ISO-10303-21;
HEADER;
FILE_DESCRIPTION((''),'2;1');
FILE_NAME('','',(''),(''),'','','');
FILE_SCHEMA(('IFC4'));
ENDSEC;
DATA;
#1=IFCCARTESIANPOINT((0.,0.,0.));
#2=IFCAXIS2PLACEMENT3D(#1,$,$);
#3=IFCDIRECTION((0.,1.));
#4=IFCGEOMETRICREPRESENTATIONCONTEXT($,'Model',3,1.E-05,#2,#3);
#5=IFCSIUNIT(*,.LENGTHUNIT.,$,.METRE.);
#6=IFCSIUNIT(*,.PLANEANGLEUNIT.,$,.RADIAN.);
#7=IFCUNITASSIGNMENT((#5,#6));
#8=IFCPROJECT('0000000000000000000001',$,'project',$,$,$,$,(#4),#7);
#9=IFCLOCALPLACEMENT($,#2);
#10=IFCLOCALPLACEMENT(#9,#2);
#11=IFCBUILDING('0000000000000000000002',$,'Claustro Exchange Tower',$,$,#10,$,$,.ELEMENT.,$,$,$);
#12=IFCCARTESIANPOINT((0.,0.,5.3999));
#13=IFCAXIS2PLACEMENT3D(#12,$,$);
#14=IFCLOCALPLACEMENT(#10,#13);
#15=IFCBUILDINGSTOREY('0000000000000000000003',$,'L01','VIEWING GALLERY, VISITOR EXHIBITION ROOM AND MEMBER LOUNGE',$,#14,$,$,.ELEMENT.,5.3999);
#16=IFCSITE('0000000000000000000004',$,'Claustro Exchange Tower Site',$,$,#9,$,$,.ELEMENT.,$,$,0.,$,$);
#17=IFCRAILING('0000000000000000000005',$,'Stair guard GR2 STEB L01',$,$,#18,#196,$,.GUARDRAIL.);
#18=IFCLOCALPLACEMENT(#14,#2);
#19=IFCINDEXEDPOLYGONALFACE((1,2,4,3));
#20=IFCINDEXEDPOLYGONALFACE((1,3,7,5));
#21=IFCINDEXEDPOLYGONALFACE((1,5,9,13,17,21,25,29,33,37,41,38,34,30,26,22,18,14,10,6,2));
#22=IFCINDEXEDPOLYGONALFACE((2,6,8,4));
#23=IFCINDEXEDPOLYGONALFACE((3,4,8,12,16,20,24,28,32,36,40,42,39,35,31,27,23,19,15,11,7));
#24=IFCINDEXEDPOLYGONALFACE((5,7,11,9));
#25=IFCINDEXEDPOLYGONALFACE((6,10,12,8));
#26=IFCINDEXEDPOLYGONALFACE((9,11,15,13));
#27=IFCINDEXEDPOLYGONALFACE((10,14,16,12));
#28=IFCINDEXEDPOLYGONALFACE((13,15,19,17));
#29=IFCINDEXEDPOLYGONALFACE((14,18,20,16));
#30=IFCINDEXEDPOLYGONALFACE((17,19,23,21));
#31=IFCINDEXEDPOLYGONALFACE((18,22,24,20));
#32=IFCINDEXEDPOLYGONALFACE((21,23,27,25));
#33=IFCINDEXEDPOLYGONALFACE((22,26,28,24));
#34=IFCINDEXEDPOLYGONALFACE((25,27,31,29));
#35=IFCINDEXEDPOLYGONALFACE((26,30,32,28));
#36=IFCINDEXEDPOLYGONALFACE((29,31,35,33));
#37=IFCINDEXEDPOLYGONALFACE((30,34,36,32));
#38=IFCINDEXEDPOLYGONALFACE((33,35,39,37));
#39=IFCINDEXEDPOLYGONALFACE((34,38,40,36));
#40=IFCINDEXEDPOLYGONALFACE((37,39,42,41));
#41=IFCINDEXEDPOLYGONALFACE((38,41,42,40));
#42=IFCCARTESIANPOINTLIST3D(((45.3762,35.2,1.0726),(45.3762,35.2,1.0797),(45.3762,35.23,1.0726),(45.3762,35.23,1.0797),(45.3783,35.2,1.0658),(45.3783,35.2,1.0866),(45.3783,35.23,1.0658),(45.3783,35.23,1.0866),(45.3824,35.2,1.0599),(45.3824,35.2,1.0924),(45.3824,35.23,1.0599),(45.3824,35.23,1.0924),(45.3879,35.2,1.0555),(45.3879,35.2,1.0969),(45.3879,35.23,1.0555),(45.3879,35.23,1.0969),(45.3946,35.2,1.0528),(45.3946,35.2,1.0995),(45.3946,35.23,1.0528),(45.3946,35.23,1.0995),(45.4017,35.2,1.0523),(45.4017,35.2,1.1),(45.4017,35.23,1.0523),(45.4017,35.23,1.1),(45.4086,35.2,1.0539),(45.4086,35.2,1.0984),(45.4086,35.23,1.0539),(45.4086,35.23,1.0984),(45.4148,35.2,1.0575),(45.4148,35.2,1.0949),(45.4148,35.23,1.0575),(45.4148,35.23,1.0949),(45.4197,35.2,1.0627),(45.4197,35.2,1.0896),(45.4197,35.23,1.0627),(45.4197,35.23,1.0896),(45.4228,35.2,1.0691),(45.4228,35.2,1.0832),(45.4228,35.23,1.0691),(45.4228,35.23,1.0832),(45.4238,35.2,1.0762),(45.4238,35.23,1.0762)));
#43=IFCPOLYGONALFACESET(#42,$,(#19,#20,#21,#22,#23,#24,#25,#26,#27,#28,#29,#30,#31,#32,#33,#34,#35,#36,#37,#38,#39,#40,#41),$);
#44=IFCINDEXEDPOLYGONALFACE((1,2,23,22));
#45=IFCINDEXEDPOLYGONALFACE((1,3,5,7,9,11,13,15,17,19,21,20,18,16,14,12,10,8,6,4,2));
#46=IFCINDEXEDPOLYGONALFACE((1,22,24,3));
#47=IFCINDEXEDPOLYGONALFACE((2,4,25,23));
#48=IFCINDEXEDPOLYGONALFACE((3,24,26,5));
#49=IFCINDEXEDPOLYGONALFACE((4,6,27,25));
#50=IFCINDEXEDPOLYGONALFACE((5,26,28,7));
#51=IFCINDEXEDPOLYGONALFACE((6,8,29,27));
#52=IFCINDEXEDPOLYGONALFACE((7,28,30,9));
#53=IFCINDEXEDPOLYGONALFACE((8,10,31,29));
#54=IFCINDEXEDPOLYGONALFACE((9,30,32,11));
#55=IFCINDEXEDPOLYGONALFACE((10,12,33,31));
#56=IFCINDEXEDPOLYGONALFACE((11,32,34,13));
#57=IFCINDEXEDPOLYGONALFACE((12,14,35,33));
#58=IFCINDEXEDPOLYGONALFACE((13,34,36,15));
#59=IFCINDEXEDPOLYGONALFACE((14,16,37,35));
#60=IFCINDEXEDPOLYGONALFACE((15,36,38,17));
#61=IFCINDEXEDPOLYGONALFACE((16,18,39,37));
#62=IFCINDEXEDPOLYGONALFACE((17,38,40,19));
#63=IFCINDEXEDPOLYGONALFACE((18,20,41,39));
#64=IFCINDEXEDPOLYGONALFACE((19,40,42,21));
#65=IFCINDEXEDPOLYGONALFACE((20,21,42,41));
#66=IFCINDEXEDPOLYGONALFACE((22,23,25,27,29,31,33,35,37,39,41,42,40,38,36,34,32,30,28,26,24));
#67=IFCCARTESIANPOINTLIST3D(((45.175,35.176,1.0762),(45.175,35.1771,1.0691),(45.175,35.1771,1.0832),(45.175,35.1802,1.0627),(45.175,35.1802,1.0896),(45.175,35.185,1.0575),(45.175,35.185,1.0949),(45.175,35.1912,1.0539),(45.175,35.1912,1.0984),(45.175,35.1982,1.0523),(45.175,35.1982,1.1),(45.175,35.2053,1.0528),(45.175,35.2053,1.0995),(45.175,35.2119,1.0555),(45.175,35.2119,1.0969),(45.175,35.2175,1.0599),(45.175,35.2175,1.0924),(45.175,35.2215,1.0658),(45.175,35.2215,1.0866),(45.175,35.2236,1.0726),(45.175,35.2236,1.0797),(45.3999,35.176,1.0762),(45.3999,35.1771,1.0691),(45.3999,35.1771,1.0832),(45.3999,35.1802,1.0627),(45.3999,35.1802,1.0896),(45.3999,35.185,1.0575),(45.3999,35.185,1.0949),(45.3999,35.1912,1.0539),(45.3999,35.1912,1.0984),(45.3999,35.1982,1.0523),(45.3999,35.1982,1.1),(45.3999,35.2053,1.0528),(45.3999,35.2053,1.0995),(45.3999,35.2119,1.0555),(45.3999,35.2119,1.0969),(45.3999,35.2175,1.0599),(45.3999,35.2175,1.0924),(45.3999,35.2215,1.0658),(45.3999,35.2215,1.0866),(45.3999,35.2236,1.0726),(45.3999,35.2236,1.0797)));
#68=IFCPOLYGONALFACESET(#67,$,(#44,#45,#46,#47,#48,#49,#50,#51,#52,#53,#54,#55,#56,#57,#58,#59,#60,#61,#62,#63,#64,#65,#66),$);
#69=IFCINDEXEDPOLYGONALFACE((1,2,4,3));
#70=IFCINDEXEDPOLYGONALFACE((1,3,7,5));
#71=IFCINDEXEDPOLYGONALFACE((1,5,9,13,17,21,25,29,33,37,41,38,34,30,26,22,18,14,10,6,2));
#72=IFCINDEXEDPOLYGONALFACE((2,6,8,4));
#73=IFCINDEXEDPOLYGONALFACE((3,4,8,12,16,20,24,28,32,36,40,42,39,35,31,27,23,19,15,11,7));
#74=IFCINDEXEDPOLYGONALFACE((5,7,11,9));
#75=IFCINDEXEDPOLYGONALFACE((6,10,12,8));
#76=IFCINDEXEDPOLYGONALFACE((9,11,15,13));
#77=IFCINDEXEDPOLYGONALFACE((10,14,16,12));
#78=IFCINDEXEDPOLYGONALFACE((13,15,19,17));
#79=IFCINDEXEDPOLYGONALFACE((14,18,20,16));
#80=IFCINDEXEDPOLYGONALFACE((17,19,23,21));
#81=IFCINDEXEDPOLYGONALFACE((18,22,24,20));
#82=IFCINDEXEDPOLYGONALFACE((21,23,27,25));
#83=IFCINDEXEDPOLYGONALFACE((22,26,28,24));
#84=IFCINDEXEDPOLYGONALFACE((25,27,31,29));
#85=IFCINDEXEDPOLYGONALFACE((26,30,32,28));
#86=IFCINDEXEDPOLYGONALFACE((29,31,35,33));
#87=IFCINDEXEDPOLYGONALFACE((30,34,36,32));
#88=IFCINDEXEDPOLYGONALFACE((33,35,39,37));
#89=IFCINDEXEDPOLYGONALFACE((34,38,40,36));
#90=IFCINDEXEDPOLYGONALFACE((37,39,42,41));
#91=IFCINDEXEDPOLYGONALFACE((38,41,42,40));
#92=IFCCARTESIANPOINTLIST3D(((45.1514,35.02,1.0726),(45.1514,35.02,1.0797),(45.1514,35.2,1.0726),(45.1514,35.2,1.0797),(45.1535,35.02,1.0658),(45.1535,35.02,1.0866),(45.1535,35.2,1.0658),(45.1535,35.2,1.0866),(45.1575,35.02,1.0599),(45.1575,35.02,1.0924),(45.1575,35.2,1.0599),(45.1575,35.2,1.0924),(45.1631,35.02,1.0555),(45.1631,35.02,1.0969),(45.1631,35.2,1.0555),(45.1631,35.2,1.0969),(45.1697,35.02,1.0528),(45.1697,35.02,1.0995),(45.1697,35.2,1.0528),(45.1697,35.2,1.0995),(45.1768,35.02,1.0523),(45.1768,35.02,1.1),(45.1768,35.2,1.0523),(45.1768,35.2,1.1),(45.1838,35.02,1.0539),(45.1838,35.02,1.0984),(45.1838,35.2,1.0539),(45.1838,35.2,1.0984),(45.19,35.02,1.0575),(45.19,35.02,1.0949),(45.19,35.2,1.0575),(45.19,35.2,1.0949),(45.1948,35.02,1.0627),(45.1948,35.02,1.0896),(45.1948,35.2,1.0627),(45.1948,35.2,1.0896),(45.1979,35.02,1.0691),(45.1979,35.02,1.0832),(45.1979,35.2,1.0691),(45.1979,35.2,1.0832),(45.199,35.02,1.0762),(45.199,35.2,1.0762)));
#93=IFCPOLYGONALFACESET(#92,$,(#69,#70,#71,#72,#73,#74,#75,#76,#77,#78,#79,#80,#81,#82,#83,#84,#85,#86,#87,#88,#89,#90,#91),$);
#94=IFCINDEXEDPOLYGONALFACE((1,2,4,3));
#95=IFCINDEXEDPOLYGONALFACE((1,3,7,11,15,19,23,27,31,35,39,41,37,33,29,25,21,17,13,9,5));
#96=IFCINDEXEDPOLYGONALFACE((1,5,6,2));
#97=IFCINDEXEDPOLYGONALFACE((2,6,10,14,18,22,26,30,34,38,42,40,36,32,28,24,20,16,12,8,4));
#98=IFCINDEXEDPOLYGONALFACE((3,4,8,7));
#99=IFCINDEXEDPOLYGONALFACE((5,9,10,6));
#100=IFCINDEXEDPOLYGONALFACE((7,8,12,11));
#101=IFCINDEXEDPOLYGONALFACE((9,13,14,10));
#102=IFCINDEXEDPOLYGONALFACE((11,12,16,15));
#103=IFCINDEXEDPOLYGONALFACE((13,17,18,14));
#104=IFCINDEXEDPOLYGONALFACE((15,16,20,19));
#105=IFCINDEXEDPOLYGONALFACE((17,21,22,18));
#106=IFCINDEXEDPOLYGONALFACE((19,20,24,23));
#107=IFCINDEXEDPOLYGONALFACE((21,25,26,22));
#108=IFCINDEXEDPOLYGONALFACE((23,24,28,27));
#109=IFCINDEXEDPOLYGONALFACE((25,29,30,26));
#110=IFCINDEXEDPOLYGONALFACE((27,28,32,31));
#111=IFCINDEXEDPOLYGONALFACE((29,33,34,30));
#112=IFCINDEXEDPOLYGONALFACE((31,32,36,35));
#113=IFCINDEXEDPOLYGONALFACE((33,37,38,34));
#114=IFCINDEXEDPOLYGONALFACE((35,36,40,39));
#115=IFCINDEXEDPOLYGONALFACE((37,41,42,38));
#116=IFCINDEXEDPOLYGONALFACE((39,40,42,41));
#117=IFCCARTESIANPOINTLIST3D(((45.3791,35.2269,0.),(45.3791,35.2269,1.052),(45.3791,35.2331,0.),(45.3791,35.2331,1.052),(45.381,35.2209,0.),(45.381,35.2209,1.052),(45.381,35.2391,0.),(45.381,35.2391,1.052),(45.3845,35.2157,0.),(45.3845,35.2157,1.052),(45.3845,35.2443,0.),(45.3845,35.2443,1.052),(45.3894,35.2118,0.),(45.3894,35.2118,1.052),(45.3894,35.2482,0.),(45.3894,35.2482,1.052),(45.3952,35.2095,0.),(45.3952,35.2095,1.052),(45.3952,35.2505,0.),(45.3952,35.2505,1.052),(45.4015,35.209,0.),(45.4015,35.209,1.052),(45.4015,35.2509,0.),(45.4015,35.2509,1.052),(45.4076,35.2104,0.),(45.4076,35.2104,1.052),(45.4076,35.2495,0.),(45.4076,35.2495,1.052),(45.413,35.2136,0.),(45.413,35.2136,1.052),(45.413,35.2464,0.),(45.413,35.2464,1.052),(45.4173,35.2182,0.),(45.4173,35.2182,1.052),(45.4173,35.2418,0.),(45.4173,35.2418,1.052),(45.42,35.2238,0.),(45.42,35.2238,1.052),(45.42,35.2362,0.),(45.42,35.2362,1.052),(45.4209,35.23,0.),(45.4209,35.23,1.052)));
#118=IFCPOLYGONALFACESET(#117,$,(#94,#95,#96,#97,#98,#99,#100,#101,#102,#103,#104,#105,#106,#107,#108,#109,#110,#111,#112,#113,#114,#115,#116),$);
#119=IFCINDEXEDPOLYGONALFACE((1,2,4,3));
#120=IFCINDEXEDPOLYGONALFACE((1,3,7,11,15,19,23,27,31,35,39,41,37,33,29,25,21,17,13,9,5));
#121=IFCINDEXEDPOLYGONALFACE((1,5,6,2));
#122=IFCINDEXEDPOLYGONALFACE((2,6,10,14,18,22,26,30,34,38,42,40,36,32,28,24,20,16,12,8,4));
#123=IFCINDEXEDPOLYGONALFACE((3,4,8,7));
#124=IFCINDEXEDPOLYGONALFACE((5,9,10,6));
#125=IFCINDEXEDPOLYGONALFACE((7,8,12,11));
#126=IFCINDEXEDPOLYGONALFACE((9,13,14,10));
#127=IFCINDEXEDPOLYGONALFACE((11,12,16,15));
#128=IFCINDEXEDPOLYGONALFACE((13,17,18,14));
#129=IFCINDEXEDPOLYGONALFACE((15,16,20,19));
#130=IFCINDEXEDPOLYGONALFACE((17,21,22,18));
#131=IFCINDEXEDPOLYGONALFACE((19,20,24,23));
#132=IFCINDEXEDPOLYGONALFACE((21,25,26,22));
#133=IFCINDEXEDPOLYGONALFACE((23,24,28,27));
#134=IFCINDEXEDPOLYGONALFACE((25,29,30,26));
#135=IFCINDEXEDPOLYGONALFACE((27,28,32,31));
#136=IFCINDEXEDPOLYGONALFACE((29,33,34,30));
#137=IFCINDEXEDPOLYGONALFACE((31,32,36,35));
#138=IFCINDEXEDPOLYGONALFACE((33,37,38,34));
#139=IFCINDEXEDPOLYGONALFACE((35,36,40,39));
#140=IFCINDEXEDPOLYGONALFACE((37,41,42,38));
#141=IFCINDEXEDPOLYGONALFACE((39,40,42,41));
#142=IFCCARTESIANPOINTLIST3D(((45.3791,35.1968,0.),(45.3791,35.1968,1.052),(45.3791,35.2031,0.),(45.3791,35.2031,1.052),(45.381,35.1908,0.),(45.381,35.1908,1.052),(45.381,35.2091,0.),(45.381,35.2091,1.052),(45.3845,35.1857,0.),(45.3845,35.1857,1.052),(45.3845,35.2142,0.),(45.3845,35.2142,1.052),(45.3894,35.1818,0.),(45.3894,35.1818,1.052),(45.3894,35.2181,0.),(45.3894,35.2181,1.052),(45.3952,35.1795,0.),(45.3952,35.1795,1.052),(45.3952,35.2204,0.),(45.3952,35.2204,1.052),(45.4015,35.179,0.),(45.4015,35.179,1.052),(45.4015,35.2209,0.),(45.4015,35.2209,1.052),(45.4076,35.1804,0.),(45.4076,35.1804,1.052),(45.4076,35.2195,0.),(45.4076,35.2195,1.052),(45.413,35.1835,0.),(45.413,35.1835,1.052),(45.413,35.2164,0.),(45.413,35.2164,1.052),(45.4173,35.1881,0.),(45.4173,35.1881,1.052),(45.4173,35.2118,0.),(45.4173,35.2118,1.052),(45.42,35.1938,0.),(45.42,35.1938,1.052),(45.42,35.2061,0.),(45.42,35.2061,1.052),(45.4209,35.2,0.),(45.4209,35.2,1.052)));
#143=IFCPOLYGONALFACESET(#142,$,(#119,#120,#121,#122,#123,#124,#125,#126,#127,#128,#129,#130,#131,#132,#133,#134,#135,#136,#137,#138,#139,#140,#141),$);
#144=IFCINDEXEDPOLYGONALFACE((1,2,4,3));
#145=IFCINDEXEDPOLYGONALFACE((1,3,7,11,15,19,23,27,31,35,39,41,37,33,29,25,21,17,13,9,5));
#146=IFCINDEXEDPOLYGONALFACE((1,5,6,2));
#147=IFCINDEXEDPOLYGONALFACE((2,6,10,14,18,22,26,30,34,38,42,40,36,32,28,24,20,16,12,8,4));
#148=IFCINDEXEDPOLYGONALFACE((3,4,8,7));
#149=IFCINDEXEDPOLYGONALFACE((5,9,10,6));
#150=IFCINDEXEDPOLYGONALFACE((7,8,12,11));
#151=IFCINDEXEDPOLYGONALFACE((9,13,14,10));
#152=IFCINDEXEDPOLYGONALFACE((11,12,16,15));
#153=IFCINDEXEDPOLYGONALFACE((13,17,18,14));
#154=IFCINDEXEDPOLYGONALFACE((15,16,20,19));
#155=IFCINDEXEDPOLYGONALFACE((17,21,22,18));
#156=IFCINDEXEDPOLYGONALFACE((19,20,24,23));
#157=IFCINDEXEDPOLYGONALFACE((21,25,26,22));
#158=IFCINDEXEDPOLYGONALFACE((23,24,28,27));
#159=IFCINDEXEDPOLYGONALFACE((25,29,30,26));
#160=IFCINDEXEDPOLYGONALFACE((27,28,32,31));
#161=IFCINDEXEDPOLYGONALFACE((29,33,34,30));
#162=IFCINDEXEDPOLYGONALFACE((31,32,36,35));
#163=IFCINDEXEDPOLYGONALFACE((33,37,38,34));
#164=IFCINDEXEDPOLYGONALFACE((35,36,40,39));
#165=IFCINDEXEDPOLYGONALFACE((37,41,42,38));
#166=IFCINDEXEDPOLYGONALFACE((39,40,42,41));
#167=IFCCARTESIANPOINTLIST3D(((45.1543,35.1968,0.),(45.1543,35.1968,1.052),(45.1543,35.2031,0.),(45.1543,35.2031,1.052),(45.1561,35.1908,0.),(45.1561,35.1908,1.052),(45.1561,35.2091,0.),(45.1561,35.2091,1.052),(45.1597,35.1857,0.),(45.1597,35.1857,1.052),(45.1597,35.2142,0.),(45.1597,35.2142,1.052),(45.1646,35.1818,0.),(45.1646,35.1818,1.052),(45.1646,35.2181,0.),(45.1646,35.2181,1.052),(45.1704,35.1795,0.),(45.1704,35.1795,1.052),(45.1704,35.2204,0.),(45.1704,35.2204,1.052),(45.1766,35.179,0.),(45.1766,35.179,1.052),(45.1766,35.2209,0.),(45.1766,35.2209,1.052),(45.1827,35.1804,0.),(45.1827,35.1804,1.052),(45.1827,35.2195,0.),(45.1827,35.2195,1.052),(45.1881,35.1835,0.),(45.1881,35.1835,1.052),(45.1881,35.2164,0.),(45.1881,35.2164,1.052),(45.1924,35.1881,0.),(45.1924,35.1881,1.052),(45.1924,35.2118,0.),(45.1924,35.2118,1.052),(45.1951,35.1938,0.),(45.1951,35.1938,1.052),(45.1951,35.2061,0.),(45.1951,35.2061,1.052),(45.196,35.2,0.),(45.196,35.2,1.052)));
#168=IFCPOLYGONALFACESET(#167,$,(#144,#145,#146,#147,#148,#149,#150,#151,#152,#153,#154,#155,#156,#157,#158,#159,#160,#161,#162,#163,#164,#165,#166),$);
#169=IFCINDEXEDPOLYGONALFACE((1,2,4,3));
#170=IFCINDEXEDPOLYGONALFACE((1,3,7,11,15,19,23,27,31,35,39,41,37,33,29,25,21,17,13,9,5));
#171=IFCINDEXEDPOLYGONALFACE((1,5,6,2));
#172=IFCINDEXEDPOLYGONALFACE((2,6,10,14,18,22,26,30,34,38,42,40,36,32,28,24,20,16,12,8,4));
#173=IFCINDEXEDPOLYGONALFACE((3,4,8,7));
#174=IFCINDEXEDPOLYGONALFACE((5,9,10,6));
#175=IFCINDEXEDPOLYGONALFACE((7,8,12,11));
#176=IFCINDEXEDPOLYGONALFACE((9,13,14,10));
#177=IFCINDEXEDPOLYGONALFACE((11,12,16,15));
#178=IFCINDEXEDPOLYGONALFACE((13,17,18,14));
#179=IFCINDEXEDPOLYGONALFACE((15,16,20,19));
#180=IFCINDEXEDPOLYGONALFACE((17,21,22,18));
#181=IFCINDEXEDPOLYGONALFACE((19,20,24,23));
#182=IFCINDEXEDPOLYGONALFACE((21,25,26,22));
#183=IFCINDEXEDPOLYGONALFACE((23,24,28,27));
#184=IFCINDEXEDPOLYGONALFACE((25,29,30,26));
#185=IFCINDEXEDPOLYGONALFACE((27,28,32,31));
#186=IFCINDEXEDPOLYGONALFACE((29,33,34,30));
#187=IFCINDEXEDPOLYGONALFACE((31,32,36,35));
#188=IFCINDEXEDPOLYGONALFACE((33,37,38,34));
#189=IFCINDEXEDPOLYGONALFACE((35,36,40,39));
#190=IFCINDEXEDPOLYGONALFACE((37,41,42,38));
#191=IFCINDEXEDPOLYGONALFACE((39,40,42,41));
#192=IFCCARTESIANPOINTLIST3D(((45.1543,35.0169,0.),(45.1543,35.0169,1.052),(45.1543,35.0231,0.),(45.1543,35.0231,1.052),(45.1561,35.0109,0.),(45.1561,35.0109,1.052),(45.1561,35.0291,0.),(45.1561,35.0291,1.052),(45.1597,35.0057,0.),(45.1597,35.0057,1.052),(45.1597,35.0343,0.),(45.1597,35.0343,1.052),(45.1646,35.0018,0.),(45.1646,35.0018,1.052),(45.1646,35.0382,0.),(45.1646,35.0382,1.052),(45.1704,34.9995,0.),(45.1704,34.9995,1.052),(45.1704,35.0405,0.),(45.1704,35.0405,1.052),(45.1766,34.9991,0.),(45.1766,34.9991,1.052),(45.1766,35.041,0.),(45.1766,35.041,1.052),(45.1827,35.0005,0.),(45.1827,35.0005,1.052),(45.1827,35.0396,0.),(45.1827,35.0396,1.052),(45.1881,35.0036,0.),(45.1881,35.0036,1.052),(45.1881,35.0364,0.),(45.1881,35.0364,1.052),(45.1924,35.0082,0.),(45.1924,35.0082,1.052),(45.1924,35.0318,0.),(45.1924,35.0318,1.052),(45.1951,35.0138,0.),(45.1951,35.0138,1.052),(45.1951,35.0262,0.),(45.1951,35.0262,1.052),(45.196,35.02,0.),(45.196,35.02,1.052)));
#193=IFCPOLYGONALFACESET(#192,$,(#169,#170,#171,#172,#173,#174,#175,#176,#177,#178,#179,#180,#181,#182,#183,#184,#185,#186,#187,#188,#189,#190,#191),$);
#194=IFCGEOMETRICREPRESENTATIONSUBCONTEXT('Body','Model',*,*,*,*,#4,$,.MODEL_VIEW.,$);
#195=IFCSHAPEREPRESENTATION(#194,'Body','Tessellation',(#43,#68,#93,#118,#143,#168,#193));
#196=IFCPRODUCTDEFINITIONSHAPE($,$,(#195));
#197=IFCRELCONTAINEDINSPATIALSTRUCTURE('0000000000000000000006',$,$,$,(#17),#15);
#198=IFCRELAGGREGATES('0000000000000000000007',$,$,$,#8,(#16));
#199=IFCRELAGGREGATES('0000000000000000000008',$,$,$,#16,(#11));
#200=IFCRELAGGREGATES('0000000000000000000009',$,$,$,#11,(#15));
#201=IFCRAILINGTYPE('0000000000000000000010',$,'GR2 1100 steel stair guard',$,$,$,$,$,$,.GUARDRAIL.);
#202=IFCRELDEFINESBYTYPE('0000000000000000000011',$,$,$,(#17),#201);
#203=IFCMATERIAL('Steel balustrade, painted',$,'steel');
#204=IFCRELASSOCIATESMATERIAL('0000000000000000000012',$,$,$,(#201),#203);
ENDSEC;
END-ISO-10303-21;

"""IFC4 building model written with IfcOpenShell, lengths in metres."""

from ifc_helpers import new_model, si_unit, direction, frame, origin, origin_2d, place, context, subcontext, project, spatial, circle, extrude, material, type_object, element, save


model = new_model("IFC4")

# Units and contexts
model_context = context("Model", 3, precision=1e-05, world=origin(), true_north=direction((0.0, 1.0)))
body_context = subcontext(model_context, "Body", "Model", "MODEL_VIEW")
ifc_project = project(units=[si_unit("LENGTHUNIT", "METRE"), si_unit("PLANEANGLEUNIT", "RADIAN")], contexts=[model_context])

# Site, building, storey
site_placement = place(None, origin())
site = spatial("IfcSite", under=ifc_project, at=site_placement, Name="Claustro Exchange Tower Site", CompositionType="ELEMENT", RefElevation=0.0)
building_placement = place(site_placement, origin())
building = spatial("IfcBuilding", under=site, at=building_placement, Name="Claustro Exchange Tower", CompositionType="ELEMENT")
storey_placement = place(building_placement, frame((0.0, 0.0, 5.3999)))
storey = spatial("IfcBuildingStorey", under=building, at=storey_placement, Name="L01", Description="VIEWING GALLERY, VISITOR EXHIBITION ROOM AND MEMBER LOUNGE", CompositionType="ELEMENT", Elevation=5.3999)

# Railing
ifc_material_1 = material(Name="Steel balustrade, painted", Category="steel")
railing_type_1 = type_object("IfcRailingType", Name="GR2 1100 steel stair guard", PredefinedType="GUARDRAIL", material=ifc_material_1)
railing_1_placement = place(storey_placement, frame((45.3999, 35.23, 0.0)))
element("IfcRailing", 1, at=railing_1_placement, inside=storey, type_object=railing_type_1, Name="Stair guard GR2 STEB L01", PredefinedType="GUARDRAIL", context=body_context, shape_type="SweptSolid", body=[
    extrude(circle(Radius=0.0239, at=origin_2d()), frame((0.0, 0.0, 1.0762), z_axis=(0.0, -1.0, 0.0), x_axis=(1.0, 0.0, 0.0)), (0.0, 0.0, 1.0), 0.03),
    extrude(circle(Radius=0.0239, at=origin_2d()), frame((0.0, -0.03, 1.0762), z_axis=(-1.0, 0.0, 0.0), x_axis=(0.0, -1.0, 0.0)), (0.0, 0.0, 1.0), 0.2249),
    extrude(circle(Radius=0.0239, at=origin_2d()), frame((-0.2249, -0.03, 1.0762), z_axis=(0.0, -1.0, 0.0), x_axis=(1.0, 0.0, 0.0)), (0.0, 0.0, 1.0), 0.1799),
    extrude(circle(Radius=0.021, at=origin_2d()), origin(), (0.0, 0.0, 1.0), 1.052),
    extrude(circle(Radius=0.021, at=origin_2d()), frame((0.0, -0.03, 0.0)), (0.0, 0.0, 1.0), 1.052),
    extrude(circle(Radius=0.021, at=origin_2d()), frame((-0.2249, -0.03, 0.0)), (0.0, 0.0, 1.0), 1.052),
    extrude(circle(Radius=0.021, at=origin_2d()), frame((-0.2249, -0.21, 0.0)), (0.0, 0.0, 1.0), 1.052),
])

save(model, "model.ifc")
